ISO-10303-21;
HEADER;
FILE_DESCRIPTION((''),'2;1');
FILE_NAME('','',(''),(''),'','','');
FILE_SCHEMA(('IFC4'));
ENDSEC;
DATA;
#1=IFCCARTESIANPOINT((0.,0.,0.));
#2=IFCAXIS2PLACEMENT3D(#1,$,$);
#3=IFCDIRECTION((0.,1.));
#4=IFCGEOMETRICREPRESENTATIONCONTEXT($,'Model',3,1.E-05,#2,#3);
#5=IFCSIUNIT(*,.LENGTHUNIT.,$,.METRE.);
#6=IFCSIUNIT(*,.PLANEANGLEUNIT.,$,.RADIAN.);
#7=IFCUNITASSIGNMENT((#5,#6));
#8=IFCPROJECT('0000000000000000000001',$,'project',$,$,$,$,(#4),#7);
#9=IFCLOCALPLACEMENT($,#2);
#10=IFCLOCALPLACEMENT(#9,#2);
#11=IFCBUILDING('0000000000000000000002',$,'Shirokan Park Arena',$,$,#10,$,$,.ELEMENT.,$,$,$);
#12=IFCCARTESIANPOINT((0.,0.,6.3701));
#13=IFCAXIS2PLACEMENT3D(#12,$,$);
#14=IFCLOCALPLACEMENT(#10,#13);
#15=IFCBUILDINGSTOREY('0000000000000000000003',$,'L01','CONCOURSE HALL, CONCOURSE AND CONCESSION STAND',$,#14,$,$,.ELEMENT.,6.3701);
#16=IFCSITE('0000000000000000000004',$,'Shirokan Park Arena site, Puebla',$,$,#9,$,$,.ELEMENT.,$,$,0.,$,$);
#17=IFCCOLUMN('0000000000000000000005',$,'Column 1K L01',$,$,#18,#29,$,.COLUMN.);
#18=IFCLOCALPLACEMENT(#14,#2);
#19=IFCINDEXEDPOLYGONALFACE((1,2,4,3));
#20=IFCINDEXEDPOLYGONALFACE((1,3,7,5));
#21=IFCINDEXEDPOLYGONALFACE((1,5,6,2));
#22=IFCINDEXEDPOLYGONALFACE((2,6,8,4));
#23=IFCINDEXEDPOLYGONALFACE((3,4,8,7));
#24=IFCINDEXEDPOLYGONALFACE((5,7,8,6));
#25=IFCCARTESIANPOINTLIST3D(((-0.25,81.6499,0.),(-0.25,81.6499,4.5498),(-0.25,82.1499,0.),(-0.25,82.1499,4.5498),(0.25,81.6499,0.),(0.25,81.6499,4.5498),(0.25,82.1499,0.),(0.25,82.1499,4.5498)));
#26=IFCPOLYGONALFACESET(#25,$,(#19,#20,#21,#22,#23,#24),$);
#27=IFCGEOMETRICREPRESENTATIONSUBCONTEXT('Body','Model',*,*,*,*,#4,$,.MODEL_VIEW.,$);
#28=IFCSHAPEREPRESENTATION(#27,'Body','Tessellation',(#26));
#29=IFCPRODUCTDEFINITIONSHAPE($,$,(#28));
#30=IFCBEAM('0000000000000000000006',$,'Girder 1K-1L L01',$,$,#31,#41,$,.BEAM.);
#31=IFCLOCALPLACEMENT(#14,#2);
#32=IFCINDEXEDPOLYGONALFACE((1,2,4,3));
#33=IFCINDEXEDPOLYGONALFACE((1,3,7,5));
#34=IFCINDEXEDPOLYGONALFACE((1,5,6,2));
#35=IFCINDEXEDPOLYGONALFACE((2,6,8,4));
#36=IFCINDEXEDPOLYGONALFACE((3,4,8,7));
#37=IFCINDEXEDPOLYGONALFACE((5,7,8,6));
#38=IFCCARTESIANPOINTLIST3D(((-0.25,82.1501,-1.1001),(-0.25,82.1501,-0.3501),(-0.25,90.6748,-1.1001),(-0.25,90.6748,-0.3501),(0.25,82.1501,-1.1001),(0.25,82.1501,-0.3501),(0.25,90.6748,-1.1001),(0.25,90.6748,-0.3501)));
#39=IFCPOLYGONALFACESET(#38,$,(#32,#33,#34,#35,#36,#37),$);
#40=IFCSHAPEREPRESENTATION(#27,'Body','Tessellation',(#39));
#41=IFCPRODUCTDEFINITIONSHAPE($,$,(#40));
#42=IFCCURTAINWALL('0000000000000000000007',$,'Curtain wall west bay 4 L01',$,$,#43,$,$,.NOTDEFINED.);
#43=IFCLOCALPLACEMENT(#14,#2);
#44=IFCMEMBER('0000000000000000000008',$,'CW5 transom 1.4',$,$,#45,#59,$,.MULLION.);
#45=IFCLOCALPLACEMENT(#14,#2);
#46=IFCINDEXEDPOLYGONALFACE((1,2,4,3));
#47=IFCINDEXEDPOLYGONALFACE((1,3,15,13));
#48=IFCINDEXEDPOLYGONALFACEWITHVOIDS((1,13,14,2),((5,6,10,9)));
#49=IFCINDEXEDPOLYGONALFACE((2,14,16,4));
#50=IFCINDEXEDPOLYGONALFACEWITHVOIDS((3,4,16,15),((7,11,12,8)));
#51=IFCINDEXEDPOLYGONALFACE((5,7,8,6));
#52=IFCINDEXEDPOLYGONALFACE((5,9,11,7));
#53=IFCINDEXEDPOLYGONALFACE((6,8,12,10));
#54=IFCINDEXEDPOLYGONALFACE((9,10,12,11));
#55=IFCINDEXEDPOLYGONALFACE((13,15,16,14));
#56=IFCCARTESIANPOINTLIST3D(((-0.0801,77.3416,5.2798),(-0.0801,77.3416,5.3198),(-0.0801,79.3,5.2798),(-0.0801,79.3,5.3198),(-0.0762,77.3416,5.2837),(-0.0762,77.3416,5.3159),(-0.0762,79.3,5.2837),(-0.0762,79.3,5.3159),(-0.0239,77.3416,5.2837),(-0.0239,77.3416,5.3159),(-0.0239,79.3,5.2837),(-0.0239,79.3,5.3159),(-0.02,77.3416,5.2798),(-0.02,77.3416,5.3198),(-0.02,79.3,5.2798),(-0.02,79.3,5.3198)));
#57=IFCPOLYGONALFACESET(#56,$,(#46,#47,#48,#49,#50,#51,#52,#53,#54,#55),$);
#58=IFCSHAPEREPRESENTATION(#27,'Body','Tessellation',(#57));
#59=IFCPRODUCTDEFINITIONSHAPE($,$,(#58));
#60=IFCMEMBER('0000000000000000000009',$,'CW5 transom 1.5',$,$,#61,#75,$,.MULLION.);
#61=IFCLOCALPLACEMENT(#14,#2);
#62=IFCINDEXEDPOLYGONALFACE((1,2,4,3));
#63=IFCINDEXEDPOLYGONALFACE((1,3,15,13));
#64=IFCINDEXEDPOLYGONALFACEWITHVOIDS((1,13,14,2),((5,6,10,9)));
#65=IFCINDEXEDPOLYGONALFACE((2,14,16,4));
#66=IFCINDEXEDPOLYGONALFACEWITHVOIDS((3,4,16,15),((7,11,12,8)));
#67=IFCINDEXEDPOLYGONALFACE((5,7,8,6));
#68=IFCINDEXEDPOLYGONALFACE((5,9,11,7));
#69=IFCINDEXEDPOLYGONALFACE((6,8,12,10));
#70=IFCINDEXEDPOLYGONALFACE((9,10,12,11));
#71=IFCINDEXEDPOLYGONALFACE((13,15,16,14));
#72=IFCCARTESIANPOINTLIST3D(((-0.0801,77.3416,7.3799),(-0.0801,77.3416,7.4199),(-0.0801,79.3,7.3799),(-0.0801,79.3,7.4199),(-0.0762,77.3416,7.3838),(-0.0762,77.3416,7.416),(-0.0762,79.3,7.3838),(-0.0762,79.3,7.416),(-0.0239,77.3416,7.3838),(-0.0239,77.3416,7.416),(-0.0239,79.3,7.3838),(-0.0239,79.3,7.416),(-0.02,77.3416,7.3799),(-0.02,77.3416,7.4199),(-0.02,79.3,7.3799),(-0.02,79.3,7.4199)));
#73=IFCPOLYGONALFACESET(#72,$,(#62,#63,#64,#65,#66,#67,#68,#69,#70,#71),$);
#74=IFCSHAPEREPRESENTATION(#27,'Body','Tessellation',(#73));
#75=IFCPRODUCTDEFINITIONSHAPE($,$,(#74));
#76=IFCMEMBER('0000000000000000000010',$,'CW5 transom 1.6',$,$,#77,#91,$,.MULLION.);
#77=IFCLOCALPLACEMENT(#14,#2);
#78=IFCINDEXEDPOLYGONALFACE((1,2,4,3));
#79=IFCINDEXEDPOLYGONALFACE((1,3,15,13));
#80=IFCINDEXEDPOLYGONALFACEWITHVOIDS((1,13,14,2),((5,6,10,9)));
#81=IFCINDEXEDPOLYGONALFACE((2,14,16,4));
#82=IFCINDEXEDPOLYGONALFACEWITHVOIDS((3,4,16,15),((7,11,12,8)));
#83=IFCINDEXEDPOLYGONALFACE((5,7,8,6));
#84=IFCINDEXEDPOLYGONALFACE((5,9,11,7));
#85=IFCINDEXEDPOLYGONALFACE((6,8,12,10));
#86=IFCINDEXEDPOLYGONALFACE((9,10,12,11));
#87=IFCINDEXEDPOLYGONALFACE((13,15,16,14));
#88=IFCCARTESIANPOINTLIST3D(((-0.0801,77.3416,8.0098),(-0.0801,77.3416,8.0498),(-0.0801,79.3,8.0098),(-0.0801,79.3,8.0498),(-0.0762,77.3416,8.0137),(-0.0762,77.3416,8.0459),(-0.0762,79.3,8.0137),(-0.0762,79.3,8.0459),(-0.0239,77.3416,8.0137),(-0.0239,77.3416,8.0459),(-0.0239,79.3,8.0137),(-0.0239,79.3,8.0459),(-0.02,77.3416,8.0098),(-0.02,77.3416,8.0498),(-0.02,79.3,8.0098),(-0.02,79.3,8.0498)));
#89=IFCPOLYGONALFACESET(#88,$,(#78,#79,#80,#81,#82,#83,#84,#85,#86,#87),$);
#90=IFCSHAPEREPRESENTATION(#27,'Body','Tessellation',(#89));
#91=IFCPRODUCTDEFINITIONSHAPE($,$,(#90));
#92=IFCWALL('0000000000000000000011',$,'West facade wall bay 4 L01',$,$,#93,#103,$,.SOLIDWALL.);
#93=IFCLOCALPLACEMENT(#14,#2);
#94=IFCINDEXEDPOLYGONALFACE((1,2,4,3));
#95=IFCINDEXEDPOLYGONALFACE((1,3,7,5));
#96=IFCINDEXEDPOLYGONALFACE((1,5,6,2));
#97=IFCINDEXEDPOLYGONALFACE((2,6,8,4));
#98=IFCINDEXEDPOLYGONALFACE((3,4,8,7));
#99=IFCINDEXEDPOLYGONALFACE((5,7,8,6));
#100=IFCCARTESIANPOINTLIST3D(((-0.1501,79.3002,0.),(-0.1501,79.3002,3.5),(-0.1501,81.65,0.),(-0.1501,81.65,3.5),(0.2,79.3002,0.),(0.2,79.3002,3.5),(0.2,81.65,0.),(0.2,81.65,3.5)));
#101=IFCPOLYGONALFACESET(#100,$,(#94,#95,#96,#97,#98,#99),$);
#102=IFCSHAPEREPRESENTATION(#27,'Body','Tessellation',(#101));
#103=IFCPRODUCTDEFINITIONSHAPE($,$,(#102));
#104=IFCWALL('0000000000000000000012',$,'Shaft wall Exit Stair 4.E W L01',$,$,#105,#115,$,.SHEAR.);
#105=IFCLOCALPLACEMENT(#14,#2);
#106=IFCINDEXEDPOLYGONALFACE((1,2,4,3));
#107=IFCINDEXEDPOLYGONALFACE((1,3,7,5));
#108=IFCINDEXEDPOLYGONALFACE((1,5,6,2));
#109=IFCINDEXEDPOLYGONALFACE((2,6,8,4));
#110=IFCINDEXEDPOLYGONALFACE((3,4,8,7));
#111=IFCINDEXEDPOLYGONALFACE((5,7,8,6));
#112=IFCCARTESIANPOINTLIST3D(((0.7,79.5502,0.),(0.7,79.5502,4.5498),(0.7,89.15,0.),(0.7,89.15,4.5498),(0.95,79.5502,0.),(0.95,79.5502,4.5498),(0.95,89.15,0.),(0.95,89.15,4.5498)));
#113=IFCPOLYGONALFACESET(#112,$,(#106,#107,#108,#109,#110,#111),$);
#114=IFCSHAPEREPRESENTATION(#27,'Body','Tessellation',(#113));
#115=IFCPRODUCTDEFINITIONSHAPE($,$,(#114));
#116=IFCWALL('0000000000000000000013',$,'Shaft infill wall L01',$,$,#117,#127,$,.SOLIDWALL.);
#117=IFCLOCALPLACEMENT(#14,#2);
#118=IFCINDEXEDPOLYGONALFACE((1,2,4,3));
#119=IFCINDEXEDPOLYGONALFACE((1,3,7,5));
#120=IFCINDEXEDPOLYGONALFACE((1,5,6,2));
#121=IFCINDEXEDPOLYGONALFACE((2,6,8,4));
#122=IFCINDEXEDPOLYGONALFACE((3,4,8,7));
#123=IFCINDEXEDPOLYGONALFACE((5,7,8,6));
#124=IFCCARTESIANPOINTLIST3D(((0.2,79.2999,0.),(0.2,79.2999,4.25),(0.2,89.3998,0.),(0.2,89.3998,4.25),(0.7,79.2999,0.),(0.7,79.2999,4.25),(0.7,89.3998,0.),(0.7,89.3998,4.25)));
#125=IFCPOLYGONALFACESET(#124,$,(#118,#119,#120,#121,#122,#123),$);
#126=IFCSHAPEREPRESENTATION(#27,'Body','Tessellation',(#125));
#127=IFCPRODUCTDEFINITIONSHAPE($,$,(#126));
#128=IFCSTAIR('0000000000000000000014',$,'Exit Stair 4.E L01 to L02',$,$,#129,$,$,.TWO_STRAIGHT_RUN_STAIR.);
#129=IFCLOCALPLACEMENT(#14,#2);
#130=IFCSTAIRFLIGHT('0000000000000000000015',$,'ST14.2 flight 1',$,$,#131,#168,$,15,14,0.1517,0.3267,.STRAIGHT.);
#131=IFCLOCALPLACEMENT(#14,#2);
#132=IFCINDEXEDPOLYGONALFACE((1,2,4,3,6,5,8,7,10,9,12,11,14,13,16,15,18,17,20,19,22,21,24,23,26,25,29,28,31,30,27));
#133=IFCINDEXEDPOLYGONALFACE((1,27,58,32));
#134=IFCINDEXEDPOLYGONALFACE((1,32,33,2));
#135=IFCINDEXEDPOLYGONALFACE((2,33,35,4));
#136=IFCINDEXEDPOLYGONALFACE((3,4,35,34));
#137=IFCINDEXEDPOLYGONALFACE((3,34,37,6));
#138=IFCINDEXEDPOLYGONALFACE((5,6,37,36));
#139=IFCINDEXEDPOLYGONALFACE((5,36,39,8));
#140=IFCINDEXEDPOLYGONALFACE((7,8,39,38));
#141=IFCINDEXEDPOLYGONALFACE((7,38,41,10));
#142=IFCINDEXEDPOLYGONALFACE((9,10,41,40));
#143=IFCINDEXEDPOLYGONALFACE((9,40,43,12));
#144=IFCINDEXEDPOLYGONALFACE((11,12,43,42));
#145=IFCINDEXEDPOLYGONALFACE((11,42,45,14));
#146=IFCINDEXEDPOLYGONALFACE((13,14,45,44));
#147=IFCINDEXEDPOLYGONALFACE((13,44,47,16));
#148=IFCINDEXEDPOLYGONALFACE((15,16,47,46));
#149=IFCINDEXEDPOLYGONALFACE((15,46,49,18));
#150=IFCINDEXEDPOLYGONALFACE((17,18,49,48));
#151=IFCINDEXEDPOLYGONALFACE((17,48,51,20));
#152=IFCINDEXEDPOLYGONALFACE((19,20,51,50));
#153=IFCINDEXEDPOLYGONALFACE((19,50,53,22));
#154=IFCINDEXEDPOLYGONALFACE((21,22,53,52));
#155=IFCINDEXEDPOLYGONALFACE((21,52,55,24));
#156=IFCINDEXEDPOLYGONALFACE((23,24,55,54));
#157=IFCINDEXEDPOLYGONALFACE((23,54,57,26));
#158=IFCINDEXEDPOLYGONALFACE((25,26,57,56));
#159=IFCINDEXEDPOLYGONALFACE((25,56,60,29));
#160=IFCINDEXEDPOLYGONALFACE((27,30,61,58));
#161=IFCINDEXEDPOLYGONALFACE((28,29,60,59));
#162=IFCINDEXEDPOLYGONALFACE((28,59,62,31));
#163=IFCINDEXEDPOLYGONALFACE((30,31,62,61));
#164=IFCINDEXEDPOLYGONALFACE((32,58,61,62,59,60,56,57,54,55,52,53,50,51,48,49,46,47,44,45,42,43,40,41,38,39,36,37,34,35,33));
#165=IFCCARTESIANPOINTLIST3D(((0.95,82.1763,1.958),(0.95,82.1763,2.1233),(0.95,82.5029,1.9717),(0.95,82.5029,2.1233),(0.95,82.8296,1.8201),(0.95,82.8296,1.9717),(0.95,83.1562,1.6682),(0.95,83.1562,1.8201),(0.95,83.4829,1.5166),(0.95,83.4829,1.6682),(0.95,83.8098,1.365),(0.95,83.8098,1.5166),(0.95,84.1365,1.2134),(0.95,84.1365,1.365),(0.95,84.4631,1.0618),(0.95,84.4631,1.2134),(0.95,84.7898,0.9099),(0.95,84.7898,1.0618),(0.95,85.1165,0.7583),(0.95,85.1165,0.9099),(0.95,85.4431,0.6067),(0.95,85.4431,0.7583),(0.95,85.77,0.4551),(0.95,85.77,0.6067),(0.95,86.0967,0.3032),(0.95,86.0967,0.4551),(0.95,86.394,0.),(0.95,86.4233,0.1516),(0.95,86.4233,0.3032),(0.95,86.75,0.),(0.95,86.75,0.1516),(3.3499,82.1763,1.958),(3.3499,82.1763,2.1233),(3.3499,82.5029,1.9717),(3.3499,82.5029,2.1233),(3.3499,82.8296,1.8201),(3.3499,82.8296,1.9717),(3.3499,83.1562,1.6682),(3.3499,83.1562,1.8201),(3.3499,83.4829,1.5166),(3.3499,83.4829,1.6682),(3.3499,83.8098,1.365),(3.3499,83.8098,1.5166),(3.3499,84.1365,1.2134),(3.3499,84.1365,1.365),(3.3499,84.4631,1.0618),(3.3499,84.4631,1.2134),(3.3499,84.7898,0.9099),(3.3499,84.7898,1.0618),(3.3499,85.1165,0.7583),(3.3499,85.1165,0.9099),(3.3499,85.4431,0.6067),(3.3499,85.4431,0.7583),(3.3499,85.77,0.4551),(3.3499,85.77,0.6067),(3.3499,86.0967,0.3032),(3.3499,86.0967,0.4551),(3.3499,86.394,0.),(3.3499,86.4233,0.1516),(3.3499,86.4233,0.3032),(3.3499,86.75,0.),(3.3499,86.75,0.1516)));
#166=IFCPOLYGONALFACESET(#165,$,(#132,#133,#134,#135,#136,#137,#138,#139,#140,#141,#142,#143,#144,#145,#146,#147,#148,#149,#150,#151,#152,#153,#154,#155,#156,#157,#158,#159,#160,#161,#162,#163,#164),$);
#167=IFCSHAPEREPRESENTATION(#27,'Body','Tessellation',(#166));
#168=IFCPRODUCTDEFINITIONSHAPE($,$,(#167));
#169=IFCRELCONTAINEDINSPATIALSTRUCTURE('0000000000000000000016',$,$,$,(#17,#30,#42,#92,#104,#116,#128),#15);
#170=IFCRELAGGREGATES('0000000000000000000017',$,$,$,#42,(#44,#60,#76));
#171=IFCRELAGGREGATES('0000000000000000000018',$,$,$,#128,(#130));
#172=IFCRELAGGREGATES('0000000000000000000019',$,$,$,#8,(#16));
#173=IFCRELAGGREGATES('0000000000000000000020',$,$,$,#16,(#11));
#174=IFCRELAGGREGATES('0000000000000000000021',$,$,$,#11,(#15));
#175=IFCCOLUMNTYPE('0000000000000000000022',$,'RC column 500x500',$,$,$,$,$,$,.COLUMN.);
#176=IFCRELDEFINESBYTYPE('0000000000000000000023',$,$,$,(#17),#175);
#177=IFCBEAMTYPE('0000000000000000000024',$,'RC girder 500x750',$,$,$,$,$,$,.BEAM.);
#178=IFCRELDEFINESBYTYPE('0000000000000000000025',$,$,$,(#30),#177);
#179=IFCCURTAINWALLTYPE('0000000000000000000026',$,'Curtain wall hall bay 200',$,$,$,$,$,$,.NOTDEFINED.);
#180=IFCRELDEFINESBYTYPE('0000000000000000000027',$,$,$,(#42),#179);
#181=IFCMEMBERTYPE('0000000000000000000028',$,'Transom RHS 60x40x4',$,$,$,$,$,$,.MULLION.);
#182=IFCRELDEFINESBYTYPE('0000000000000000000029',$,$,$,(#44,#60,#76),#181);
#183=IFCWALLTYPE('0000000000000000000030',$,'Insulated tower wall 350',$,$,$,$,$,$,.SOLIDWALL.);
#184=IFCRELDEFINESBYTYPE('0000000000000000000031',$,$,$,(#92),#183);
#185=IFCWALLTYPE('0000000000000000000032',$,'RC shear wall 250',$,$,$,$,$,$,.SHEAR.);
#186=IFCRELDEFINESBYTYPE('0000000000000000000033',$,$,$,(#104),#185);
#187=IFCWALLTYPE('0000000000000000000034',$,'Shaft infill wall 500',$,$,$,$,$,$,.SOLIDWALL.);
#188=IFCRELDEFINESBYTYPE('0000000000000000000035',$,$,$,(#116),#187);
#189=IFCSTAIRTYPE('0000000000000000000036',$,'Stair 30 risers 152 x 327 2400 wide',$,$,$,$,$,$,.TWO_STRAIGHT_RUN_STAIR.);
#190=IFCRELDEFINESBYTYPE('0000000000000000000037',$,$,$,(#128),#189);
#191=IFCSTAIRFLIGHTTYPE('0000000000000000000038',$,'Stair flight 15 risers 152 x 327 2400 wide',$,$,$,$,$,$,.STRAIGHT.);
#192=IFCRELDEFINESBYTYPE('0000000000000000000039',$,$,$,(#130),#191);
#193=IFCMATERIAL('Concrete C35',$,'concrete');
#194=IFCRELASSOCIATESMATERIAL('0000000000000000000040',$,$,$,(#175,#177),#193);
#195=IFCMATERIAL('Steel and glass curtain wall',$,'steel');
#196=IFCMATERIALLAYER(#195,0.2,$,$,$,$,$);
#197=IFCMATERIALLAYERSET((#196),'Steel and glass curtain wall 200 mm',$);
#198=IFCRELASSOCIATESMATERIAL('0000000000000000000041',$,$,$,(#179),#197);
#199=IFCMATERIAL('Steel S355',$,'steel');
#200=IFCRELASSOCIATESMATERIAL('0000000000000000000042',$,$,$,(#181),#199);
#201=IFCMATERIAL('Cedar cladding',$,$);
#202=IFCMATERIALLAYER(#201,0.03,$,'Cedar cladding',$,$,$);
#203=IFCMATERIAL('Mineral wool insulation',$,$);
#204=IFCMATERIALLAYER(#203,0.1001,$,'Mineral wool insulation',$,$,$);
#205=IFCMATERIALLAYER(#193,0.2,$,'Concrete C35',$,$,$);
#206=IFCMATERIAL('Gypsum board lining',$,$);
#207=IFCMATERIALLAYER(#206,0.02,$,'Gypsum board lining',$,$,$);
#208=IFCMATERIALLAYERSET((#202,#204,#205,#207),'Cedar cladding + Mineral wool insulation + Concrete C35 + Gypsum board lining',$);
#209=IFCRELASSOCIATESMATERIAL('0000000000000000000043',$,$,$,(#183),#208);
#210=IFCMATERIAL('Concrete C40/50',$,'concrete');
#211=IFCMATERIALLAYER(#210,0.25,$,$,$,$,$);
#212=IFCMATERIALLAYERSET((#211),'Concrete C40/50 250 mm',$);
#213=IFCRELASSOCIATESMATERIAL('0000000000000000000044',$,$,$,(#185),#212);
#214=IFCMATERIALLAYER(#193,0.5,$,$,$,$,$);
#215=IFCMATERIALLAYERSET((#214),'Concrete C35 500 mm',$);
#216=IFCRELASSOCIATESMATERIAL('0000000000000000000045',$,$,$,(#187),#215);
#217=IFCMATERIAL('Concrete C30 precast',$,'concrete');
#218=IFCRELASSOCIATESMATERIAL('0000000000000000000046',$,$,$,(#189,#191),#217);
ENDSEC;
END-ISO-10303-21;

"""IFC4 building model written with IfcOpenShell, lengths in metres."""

from ifc_helpers import new_model, si_unit, direction, frame, frame_2d, origin, origin_2d, place, context, subcontext, project, spatial, polyline, rectangle, hollow_rectangle, outline, extrude, material, layer, layer_set, material_profile, profile_set, type_object, element, aggregate, save


model = new_model("IFC4")

# Units and contexts
model_context = context("Model", 3, precision=1e-05, world=origin(), true_north=direction((0.0, 1.0)))
body_context = subcontext(model_context, "Body", "Model", "MODEL_VIEW")
ifc_project = project(units=[si_unit("LENGTHUNIT", "METRE"), si_unit("PLANEANGLEUNIT", "RADIAN")], contexts=[model_context])

# Site, building, storey
site_placement = place(None, origin())
site = spatial("IfcSite", under=ifc_project, at=site_placement, Name="Shirokan Park Arena site, Puebla", CompositionType="ELEMENT", RefElevation=0.0)
building_placement = place(site_placement, origin())
building = spatial("IfcBuilding", under=site, at=building_placement, Name="Shirokan Park Arena", CompositionType="ELEMENT")
storey_placement = place(building_placement, frame((0.0, 0.0, 6.3701)))
storey = spatial("IfcBuildingStorey", under=building, at=storey_placement, Name="L01", Description="CONCOURSE HALL, CONCOURSE AND CONCESSION STAND", CompositionType="ELEMENT", Elevation=6.3701)

# Column
ifc_material_1 = material(Name="Concrete C35", Category="concrete")
ifc_material_profile_1 = material_profile(ifc_material_1, rectangle(XDim=0.5, YDim=0.5, at=origin_2d()), Name="500x500")
ifc_profile_set_1 = profile_set([ifc_material_profile_1], Name="Concrete C35")
column_type = type_object("IfcColumnType", Name="RC column 500x500", PredefinedType="COLUMN", material=ifc_profile_set_1)
column_placement = place(storey_placement, frame((0.0, 81.8999, 0.0), z_axis=(0.0, 0.0, 1.0), x_axis=(1.0, 0.0, 0.0)))
element("IfcColumn", 1, at=column_placement, inside=storey, type_object=column_type, Name="Column 1K L01", PredefinedType="COLUMN", context=body_context, shape_type="SweptSolid", body=[
    extrude(rectangle(XDim=0.5, YDim=0.5, at=origin_2d()), origin(), (0.0, 0.0, 1.0), 4.5498),
])

# Beam
ifc_material_profile_2 = material_profile(ifc_material_1, rectangle(XDim=0.5, YDim=0.75, at=origin_2d()), Name="500x750")
ifc_profile_set_2 = profile_set([ifc_material_profile_2], Name="Concrete C35")
beam_type = type_object("IfcBeamType", Name="RC girder 500x750", PredefinedType="BEAM", material=ifc_profile_set_2)
beam_placement = place(storey_placement, frame((0.0, 82.1501, -0.7251), z_axis=(0.0, 1.0, 0.0), x_axis=(-1.0, 0.0, 0.0)))
element("IfcBeam", 2, at=beam_placement, inside=storey, type_object=beam_type, Name="Girder 1K-1L L01", PredefinedType="BEAM", context=body_context, shape_type="SweptSolid", body=[
    extrude(rectangle(XDim=0.5, YDim=0.75, at=origin_2d()), origin(), (0.0, 0.0, 1.0), 8.5247),
])

# Curtain wall, members
ifc_material_2 = material(Name="Steel and glass curtain wall", Category="steel")
ifc_layer_1 = layer(ifc_material_2, 0.2)
ifc_layer_set_1 = layer_set([ifc_layer_1], Name="Steel and glass curtain wall 200 mm")
curtain_wall_type = type_object("IfcCurtainWallType", Name="Curtain wall hall bay 200", PredefinedType="NOTDEFINED", material=ifc_layer_set_1)
curtain_wall_placement = place(storey_placement, origin())
curtain_wall = element("IfcCurtainWall", 3, at=curtain_wall_placement, inside=storey, type_object=curtain_wall_type, Name="Curtain wall west bay 4 L01", PredefinedType="NOTDEFINED")
ifc_material_3 = material(Name="Steel S355", Category="steel")
ifc_material_profile_3 = material_profile(ifc_material_3, hollow_rectangle(XDim=0.0601, YDim=0.04, WallThickness=0.0039, at=origin_2d()), Name="RHS 60x40x4")
ifc_profile_set_3 = profile_set([ifc_material_profile_3], Name="Steel S355")
member_type = type_object("IfcMemberType", Name="Transom RHS 60x40x4", PredefinedType="MULLION", material=ifc_profile_set_3)
member_1_placement = place(storey_placement, frame((-0.05, 79.3, 5.2998), z_axis=(0.0, -1.0, 0.0), x_axis=(1.0, 0.0, 0.0)))
member_1 = element("IfcMember", 4, at=member_1_placement, type_object=member_type, Name="CW5 transom 1.4", PredefinedType="MULLION", context=body_context, shape_type="SweptSolid", body=[
    extrude(hollow_rectangle(XDim=0.0601, YDim=0.04, WallThickness=0.0039, at=origin_2d()), origin(), (0.0, 0.0, 1.0), 1.9585),
])
member_2_placement = place(storey_placement, frame((-0.05, 79.3, 7.3999), z_axis=(0.0, -1.0, 0.0), x_axis=(1.0, 0.0, 0.0)))
member_2 = element("IfcMember", 5, at=member_2_placement, type_object=member_type, Name="CW5 transom 1.5", PredefinedType="MULLION", context=body_context, shape_type="SweptSolid", body=[
    extrude(hollow_rectangle(XDim=0.0601, YDim=0.04, WallThickness=0.0039, at=origin_2d()), origin(), (0.0, 0.0, 1.0), 1.9585),
])
member_3_placement = place(storey_placement, frame((-0.05, 79.3, 8.0298), z_axis=(0.0, -1.0, 0.0), x_axis=(1.0, 0.0, 0.0)))
member_3 = element("IfcMember", 6, at=member_3_placement, type_object=member_type, Name="CW5 transom 1.6", PredefinedType="MULLION", context=body_context, shape_type="SweptSolid", body=[
    extrude(hollow_rectangle(XDim=0.0601, YDim=0.04, WallThickness=0.0039, at=origin_2d()), origin(), (0.0, 0.0, 1.0), 1.9585),
])
aggregate(curtain_wall, [member_1, member_2, member_3])

# Walls
ifc_material_4 = material(Name="Cedar cladding")
ifc_layer_2 = layer(ifc_material_4, 0.03, Name="Cedar cladding")
ifc_material_5 = material(Name="Mineral wool insulation")
ifc_layer_3 = layer(ifc_material_5, 0.1001, Name="Mineral wool insulation")
ifc_layer_4 = layer(ifc_material_1, 0.2, Name="Concrete C35")
ifc_material_6 = material(Name="Gypsum board lining")
ifc_layer_5 = layer(ifc_material_6, 0.02, Name="Gypsum board lining")
ifc_layer_set_2 = layer_set([ifc_layer_2, ifc_layer_3, ifc_layer_4, ifc_layer_5], Name="Cedar cladding + Mineral wool insulation + Concrete C35 + Gypsum board lining")
wall_type_1 = type_object("IfcWallType", Name="Insulated tower wall 350", PredefinedType="SOLIDWALL", material=ifc_layer_set_2)
wall_1_placement = place(storey_placement, frame((0.0249, 81.6499, 0.0), z_axis=(0.0, 0.0, 1.0), x_axis=(0.0, -1.0, 0.0)))
element("IfcWall", 7, at=wall_1_placement, inside=storey, type_object=wall_type_1, Name="West facade wall bay 4 L01", PredefinedType="SOLIDWALL", context=body_context, shape_type="SweptSolid", body=[
    extrude(rectangle(XDim=2.3499, YDim=0.3501, at=frame_2d((1.1748, 0.0))), origin(), (0.0, 0.0, 1.0), 3.5),
])
ifc_material_7 = material(Name="Concrete C40/50", Category="concrete")
ifc_layer_6 = layer(ifc_material_7, 0.25)
ifc_layer_set_3 = layer_set([ifc_layer_6], Name="Concrete C40/50 250 mm")
wall_type_2 = type_object("IfcWallType", Name="RC shear wall 250", PredefinedType="SHEAR", material=ifc_layer_set_3)
wall_2_placement = place(storey_placement, frame((0.825, 89.1499, 0.0), z_axis=(0.0, 0.0, 1.0), x_axis=(0.0, -1.0, 0.0)))
element("IfcWall", 8, at=wall_2_placement, inside=storey, type_object=wall_type_2, Name="Shaft wall Exit Stair 4.E W L01", PredefinedType="SHEAR", context=body_context, shape_type="SweptSolid", body=[
    extrude(rectangle(XDim=9.5999, YDim=0.25, at=frame_2d((4.7998, 0.0))), origin(), (0.0, 0.0, 1.0), 4.5498),
])
ifc_layer_7 = layer(ifc_material_1, 0.5)
ifc_layer_set_4 = layer_set([ifc_layer_7], Name="Concrete C35 500 mm")
wall_type_3 = type_object("IfcWallType", Name="Shaft infill wall 500", PredefinedType="SOLIDWALL", material=ifc_layer_set_4)
wall_3_placement = place(storey_placement, frame((0.45, 79.3, 0.0), z_axis=(0.0, 0.0, 1.0), x_axis=(0.0, 1.0, 0.0)))
element("IfcWall", 9, at=wall_3_placement, inside=storey, type_object=wall_type_3, Name="Shaft infill wall L01", PredefinedType="SOLIDWALL", context=body_context, shape_type="SweptSolid", body=[
    extrude(rectangle(XDim=10.0999, YDim=0.5, at=frame_2d((5.0498, 0.0))), origin(), (0.0, 0.0, 1.0), 4.25),
])

# Stair, stair flight
ifc_material_8 = material(Name="Concrete C30 precast", Category="concrete")
stair_type = type_object("IfcStairType", Name="Stair 30 risers 152 x 327 2400 wide", PredefinedType="TWO_STRAIGHT_RUN_STAIR", material=ifc_material_8)
stair_placement = place(storey_placement, origin())
stair = element("IfcStair", 10, at=stair_placement, inside=storey, type_object=stair_type, Name="Exit Stair 4.E L01 to L02", PredefinedType="TWO_STRAIGHT_RUN_STAIR")
stair_flight_type = type_object("IfcStairFlightType", Name="Stair flight 15 risers 152 x 327 2400 wide", PredefinedType="STRAIGHT", material=ifc_material_8)
stair_flight_1_placement = place(storey_placement, frame((2.1499, 86.75, 0.0), z_axis=(0.0, 0.0, 1.0), x_axis=(0.0, -1.0, 0.0)))
stair_flight_1 = element("IfcStairFlight", 11, at=stair_flight_1_placement, type_object=stair_flight_type, Name="ST14.2 flight 1", NumberOfRisers=15, NumberOfTreads=14, PredefinedType="STRAIGHT", RiserHeight=0.1517, TreadLength=0.3267, context=body_context, shape_type="SweptSolid", body=[
    extrude(outline(polyline([(0.0, 0.0), (0.0, 0.1516), (0.3267, 0.1516), (0.3267, 0.3032), (0.6533, 0.3032), (0.6533, 0.4551), (0.98, 0.4551), (0.98, 0.6067), (1.3069, 0.6067), (1.3069, 0.7583), (1.6335, 0.7583), (1.6335, 0.9099), (1.9602, 0.9099), (1.9602, 1.0618), (2.2869, 1.0618), (2.2869, 1.2134), (2.6135, 1.2134), (2.6135, 1.365), (2.9402, 1.365), (2.9402, 1.5166), (3.2671, 1.5166), (3.2671, 1.6682), (3.5938, 1.6682), (3.5938, 1.8201), (3.9204, 1.8201), (3.9204, 1.9717), (4.2471, 1.9717), (4.2471, 2.1233), (4.5737, 2.1233), (4.5737, 2.2749), (4.5737, 1.958), (0.356, 0.0), (0.0, 0.0)])), frame((0.0, 1.2, 0.0), z_axis=(0.0, -1.0, 0.0), x_axis=(1.0, 0.0, 0.0)), (0.0, 0.0, 1.0), 2.3999),
])
aggregate(stair, [stair_flight_1])

save(model, "model.ifc")
